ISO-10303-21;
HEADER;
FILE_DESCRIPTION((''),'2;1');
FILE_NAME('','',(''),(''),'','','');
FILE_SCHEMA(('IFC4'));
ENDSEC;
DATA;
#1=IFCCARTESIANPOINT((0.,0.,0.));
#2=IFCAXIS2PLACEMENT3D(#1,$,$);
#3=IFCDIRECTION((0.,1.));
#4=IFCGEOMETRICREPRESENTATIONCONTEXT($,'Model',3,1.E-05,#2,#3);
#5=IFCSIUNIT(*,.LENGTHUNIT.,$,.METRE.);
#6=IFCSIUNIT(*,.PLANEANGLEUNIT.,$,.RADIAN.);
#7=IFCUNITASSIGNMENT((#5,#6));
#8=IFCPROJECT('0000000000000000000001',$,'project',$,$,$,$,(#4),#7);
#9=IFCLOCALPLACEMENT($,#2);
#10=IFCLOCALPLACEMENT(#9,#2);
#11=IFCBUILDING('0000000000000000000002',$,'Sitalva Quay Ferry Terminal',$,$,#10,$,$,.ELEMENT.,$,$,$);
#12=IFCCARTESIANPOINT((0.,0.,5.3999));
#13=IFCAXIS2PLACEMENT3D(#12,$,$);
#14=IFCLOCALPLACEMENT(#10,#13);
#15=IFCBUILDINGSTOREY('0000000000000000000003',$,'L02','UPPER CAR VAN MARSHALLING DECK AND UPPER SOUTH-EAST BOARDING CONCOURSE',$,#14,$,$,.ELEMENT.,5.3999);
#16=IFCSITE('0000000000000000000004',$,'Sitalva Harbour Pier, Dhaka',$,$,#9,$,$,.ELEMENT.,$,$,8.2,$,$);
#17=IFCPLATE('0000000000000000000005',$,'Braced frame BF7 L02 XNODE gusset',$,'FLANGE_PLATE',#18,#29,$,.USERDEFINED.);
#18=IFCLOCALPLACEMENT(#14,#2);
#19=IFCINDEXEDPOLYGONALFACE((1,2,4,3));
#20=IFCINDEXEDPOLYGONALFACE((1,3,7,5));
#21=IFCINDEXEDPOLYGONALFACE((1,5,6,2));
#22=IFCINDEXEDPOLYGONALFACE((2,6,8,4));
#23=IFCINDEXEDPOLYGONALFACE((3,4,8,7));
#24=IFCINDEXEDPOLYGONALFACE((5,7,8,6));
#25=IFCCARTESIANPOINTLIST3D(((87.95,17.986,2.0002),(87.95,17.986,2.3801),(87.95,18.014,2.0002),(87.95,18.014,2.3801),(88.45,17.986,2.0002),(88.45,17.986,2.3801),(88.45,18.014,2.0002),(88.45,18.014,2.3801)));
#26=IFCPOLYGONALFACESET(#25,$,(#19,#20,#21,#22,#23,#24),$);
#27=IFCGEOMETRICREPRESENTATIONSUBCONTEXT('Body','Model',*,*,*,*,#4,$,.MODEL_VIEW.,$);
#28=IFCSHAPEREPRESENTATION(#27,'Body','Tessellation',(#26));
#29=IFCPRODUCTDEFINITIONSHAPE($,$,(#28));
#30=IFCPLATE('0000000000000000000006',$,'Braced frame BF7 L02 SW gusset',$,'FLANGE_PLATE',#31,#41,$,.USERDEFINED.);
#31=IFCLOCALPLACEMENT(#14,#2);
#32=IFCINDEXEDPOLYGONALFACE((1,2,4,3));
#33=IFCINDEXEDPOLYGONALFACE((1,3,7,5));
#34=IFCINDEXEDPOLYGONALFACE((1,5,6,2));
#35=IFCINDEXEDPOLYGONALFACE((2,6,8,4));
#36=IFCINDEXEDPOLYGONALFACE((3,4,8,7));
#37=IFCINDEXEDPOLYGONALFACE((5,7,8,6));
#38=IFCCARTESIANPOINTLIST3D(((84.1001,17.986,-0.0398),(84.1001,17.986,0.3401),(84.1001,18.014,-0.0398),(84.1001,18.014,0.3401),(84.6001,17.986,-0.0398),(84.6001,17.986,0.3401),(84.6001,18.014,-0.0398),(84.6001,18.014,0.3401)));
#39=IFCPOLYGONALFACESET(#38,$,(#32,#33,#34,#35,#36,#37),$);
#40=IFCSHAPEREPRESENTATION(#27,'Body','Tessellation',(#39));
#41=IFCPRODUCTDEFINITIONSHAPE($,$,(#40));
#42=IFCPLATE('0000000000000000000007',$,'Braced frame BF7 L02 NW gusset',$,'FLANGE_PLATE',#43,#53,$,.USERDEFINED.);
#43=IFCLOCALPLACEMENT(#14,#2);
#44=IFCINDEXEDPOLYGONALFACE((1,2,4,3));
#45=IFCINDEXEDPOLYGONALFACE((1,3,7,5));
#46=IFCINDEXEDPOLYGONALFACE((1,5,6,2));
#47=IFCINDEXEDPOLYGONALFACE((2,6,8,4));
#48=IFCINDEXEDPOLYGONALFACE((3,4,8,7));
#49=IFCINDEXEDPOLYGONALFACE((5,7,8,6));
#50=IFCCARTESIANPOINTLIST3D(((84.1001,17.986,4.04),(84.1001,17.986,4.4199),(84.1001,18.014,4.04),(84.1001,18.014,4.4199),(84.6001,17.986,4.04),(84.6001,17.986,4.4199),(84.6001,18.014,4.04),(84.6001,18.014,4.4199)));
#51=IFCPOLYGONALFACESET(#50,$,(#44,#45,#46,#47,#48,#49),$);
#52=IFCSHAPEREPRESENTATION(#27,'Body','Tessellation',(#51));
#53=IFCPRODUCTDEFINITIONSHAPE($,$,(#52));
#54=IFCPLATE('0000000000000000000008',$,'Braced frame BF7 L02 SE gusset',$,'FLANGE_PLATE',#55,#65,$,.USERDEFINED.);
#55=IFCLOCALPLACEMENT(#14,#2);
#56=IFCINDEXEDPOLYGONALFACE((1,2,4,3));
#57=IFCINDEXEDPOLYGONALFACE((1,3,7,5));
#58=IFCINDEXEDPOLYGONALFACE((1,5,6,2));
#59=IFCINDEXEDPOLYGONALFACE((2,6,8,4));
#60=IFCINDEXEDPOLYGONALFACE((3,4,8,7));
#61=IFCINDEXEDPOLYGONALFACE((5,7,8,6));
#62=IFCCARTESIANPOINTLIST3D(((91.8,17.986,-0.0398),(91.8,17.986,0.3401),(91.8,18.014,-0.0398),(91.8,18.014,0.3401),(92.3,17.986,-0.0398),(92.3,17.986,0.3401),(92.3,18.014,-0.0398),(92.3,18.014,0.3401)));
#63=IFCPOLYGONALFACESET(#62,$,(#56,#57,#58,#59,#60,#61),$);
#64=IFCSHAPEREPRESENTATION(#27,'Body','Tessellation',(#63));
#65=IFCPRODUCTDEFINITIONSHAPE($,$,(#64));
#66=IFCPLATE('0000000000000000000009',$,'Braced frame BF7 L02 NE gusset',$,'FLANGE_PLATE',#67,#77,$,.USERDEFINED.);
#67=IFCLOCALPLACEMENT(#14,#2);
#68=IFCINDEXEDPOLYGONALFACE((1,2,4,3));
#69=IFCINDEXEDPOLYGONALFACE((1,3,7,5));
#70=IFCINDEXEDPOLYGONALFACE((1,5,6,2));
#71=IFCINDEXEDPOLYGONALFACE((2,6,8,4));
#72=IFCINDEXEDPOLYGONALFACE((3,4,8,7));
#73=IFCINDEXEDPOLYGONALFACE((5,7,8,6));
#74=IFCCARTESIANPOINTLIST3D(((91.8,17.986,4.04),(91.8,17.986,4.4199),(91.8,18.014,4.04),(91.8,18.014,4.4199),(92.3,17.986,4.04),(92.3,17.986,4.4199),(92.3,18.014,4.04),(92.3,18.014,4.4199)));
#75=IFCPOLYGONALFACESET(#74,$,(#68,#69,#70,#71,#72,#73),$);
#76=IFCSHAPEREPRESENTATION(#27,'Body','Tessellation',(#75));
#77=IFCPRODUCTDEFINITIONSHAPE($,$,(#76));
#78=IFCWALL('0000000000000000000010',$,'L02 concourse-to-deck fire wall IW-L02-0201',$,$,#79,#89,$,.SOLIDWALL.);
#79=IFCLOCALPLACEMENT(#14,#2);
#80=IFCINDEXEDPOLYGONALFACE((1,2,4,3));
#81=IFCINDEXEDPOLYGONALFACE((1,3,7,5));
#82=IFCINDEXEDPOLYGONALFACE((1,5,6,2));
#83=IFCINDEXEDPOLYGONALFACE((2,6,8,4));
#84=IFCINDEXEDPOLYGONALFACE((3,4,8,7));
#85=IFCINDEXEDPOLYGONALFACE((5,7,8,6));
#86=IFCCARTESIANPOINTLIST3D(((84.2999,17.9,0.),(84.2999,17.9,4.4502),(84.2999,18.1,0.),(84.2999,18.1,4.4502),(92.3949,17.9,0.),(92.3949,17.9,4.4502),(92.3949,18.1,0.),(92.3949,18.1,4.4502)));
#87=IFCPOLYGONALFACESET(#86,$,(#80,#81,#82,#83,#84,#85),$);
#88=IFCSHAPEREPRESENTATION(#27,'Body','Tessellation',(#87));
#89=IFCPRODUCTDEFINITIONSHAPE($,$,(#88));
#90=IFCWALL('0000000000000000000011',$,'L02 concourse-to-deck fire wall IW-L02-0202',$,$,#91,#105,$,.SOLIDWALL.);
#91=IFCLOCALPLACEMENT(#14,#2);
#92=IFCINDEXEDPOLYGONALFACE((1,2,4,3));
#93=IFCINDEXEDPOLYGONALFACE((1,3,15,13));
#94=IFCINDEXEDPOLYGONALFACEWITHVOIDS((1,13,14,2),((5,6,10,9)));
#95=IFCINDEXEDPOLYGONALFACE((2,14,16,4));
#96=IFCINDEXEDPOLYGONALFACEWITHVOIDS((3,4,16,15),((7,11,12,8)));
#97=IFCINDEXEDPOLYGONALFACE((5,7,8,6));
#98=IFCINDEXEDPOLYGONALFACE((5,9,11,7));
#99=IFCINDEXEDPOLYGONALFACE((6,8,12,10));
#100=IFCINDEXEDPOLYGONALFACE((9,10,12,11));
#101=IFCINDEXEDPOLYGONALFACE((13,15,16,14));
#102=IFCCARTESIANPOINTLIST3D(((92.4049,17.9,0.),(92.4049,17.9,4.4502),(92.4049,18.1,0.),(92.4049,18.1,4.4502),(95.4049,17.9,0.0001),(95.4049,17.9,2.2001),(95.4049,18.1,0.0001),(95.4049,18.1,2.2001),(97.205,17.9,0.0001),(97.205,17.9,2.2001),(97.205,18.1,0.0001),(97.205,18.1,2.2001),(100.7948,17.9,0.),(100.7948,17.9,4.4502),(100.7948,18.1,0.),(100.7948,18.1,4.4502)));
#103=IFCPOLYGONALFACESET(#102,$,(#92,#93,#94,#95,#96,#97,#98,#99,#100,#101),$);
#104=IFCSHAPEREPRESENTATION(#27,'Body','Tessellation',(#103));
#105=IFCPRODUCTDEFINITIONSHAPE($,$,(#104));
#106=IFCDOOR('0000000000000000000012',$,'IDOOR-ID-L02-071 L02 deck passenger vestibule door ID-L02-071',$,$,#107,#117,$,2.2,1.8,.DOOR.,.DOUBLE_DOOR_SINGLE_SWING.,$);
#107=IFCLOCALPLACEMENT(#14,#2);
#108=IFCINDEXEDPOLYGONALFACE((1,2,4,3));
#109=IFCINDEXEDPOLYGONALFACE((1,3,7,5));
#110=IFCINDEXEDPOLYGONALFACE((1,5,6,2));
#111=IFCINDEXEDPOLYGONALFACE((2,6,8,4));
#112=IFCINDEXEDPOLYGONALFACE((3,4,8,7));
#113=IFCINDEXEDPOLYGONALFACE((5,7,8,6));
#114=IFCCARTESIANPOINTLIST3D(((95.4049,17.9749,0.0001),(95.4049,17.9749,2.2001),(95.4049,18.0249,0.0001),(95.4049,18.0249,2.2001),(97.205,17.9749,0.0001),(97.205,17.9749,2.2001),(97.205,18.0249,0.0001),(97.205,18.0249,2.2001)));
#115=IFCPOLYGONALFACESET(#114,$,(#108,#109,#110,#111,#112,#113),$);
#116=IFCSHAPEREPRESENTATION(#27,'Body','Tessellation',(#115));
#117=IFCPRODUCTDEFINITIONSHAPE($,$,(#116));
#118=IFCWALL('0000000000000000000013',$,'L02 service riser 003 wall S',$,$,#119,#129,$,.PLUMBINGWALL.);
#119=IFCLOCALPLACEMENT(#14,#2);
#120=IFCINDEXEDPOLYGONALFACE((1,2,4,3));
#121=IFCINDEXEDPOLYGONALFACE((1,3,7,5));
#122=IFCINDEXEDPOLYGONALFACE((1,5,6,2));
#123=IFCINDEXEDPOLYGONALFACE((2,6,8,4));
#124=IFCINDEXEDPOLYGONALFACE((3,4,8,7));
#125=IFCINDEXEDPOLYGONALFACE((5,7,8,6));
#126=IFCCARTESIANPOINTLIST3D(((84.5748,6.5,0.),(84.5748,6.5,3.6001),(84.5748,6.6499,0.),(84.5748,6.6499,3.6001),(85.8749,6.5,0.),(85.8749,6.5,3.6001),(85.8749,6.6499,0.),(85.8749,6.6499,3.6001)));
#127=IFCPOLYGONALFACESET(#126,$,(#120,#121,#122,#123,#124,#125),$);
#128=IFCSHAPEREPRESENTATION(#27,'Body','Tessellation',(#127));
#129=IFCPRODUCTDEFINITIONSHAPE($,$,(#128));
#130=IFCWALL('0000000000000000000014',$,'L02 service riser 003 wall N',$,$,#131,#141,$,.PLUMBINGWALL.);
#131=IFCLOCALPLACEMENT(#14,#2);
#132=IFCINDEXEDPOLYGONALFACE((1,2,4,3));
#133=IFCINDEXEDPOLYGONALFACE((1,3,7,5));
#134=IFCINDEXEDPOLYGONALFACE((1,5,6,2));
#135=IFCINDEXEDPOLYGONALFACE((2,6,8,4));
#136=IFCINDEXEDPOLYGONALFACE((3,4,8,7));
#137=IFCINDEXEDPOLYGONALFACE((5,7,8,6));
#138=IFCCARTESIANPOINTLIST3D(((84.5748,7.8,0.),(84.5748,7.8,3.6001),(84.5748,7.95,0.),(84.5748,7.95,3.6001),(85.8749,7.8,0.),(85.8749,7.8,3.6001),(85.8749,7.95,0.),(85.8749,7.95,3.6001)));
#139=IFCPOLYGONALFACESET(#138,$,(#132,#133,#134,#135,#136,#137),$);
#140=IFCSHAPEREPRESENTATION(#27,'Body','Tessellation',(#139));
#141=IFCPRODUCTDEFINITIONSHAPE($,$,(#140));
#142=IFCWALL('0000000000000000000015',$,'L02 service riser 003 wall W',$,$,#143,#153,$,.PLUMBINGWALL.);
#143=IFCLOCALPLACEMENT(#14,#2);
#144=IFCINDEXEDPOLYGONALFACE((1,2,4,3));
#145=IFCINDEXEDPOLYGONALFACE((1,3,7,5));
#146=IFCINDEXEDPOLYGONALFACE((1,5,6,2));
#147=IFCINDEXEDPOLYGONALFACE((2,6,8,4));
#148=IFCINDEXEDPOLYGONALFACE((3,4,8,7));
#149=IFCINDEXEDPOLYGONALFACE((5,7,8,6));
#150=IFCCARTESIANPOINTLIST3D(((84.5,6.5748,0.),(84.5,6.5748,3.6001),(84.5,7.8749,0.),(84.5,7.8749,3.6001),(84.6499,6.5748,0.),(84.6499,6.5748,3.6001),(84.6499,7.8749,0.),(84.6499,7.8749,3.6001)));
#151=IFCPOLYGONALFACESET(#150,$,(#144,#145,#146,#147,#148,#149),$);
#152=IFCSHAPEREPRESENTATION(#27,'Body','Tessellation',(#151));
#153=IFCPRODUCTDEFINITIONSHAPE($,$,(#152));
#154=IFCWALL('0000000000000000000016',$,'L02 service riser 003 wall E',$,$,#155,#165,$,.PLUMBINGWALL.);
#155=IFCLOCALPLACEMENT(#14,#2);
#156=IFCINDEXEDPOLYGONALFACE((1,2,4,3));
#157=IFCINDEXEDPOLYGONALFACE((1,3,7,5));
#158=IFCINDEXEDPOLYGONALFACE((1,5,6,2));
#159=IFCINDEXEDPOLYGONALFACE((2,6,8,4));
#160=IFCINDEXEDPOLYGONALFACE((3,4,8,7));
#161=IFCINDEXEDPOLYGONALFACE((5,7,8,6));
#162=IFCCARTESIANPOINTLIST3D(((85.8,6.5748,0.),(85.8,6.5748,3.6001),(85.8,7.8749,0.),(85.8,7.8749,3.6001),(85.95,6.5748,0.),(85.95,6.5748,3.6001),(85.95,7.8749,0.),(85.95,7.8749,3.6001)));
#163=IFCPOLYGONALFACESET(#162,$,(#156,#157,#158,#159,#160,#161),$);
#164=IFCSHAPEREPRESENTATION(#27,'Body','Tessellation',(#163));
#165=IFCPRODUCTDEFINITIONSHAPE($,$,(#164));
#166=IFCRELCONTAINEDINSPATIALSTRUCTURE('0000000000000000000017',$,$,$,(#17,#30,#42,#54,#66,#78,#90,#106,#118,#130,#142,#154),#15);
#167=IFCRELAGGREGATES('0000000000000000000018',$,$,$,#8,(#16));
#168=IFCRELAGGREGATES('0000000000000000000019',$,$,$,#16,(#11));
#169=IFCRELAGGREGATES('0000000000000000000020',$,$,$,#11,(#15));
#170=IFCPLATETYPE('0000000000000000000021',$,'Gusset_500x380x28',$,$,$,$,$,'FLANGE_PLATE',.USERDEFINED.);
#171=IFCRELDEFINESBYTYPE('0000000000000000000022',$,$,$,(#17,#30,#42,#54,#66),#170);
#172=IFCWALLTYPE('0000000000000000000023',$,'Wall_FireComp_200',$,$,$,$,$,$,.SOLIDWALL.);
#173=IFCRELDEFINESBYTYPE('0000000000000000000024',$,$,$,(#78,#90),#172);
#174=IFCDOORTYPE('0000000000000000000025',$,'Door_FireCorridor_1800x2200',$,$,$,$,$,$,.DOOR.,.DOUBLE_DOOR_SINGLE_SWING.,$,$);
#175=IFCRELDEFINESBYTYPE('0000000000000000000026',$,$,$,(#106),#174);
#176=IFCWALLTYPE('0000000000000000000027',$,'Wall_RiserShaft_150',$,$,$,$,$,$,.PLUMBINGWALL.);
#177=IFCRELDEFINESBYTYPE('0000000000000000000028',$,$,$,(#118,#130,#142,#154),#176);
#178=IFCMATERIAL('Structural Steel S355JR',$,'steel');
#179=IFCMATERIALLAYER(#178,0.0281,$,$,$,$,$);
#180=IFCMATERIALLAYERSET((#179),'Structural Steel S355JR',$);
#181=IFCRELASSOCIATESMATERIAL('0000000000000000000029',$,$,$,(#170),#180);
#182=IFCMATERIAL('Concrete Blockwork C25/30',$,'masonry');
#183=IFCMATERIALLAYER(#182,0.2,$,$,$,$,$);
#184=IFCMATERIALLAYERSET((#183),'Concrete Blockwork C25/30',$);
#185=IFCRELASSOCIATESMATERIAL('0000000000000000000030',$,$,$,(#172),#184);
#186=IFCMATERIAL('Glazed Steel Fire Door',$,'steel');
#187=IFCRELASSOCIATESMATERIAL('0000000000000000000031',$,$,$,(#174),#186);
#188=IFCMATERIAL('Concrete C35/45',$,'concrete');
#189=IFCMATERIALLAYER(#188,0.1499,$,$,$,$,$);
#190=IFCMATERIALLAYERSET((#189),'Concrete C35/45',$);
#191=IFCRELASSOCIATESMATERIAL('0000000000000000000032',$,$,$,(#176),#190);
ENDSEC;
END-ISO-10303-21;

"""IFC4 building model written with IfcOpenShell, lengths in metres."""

from ifc_helpers import new_model, si_unit, direction, frame, frame_2d, origin, origin_2d, place, context, subcontext, project, spatial, rectangle, extrude, material, layer, layer_set, type_object, element, fill, save


model = new_model("IFC4")

# Units and contexts
model_context = context("Model", 3, precision=1e-05, world=origin(), true_north=direction((0.0, 1.0)))
body_context = subcontext(model_context, "Body", "Model", "MODEL_VIEW")
ifc_project = project(units=[si_unit("LENGTHUNIT", "METRE"), si_unit("PLANEANGLEUNIT", "RADIAN")], contexts=[model_context])

# Site, building, storey
site_placement = place(None, origin())
site = spatial("IfcSite", under=ifc_project, at=site_placement, Name="Sitalva Harbour Pier, Dhaka", CompositionType="ELEMENT", RefElevation=8.2)
building_placement = place(site_placement, origin())
building = spatial("IfcBuilding", under=site, at=building_placement, Name="Sitalva Quay Ferry Terminal", CompositionType="ELEMENT")
storey_placement = place(building_placement, frame((0.0, 0.0, 5.3999)))
storey = spatial("IfcBuildingStorey", under=building, at=storey_placement, Name="L02", Description="UPPER CAR VAN MARSHALLING DECK AND UPPER SOUTH-EAST BOARDING CONCOURSE", CompositionType="ELEMENT", Elevation=5.3999)

# Plates
ifc_material_1 = material(Name="Structural Steel S355JR", Category="steel")
ifc_layer_1 = layer(ifc_material_1, 0.0281)
ifc_layer_set_1 = layer_set([ifc_layer_1], Name="Structural Steel S355JR")
plate_type = type_object("IfcPlateType", Name="Gusset_500x380x28", ElementType="FLANGE_PLATE", PredefinedType="USERDEFINED", material=ifc_layer_set_1)
for number, where, z_axis, x_axis, name in (
    (1, (88.2, 18.0, 2.0002), (0.0, 0.0, 1.0), (1.0, 0.0, 0.0), "Braced frame BF7 L02 XNODE gusset"),
    (2, (84.3501, 18.0, -0.0398), (0.0, 0.0, 1.0), (1.0, 0.0, 0.0), "Braced frame BF7 L02 SW gusset"),
    (3, (84.3501, 18.0, 4.04), (0.0, 0.0, 1.0), (1.0, 0.0, 0.0), "Braced frame BF7 L02 NW gusset"),
    (4, (92.05, 18.0, -0.0398), (0.0, 0.0, 1.0), (1.0, 0.0, 0.0), "Braced frame BF7 L02 SE gusset"),
    (5, (92.05, 18.0, 4.04), (0.0, 0.0, 1.0), (1.0, 0.0, 0.0), "Braced frame BF7 L02 NE gusset"),
):
    element("IfcPlate", number, at=place(storey_placement, frame(where, z_axis=z_axis, x_axis=x_axis)), inside=storey, type_object=plate_type, Name=name, ObjectType="FLANGE_PLATE", PredefinedType="USERDEFINED", context=body_context, shape_type="SweptSolid", body=[
        extrude(rectangle(XDim=0.5, YDim=0.0281, at=origin_2d()), origin(), (0.0, 0.0, 1.0), 0.3799),
    ])

# Wall
ifc_material_2 = material(Name="Concrete Blockwork C25/30", Category="masonry")
ifc_layer_2 = layer(ifc_material_2, 0.2)
ifc_layer_set_2 = layer_set([ifc_layer_2], Name="Concrete Blockwork C25/30")
wall_type_1 = type_object("IfcWallType", Name="Wall_FireComp_200", PredefinedType="SOLIDWALL", material=ifc_layer_set_2)
wall_1_placement = place(storey_placement, frame((84.3, 18.0, 0.0), z_axis=(0.0, 0.0, 1.0), x_axis=(1.0, 0.0, 0.0)))
element("IfcWall", 6, at=wall_1_placement, inside=storey, type_object=wall_type_1, Name="L02 concourse-to-deck fire wall IW-L02-0201", PredefinedType="SOLIDWALL", context=body_context, shape_type="SweptSolid", body=[
    extrude(rectangle(XDim=8.095, YDim=0.2, at=frame_2d((4.0474, 0.0))), origin(), (0.0, 0.0, 1.0), 4.4502),
])

# Wall, opening, door
wall_2_placement = place(storey_placement, frame((92.405, 18.0, 0.0), z_axis=(0.0, 0.0, 1.0), x_axis=(1.0, 0.0, 0.0)))
wall_2 = element("IfcWall", 7, at=wall_2_placement, inside=storey, type_object=wall_type_1, Name="L02 concourse-to-deck fire wall IW-L02-0202", PredefinedType="SOLIDWALL", context=body_context, shape_type="SweptSolid", body=[
    extrude(rectangle(XDim=8.3899, YDim=0.2, at=frame_2d((4.1948, 0.0))), origin(), (0.0, 0.0, 1.0), 4.4502),
])
opening_placement = place(wall_2_placement, frame((3.0, 0.0, 0.0)))
opening = element("IfcOpeningElement", 8, at=opening_placement, cuts=wall_2, PredefinedType="OPENING", context=body_context, shape_type="SweptSolid", body=[
    extrude(rectangle(XDim=1.8, YDim=2.2, at=frame_2d((0.8999, 1.1001))), frame((0.0, 0.1099, 0.0), z_axis=(0.0, -1.0, 0.0), x_axis=(1.0, 0.0, 0.0)), (0.0, 0.0, 1.0), 0.22),
])
ifc_material_3 = material(Name="Glazed Steel Fire Door", Category="steel")
door_type = type_object("IfcDoorType", Name="Door_FireCorridor_1800x2200", OperationType="DOUBLE_DOOR_SINGLE_SWING", PredefinedType="DOOR", material=ifc_material_3)
door_placement = place(opening_placement, origin())
door = element("IfcDoor", 9, at=door_placement, inside=storey, type_object=door_type, Name="IDOOR-ID-L02-071 L02 deck passenger vestibule door ID-L02-071", OperationType="DOUBLE_DOOR_SINGLE_SWING", OverallHeight=2.2, OverallWidth=1.8, PredefinedType="DOOR", context=body_context, shape_type="SweptSolid", body=[
    extrude(rectangle(XDim=1.8, YDim=2.2, at=frame_2d((0.8999, 1.1001))), frame((0.0, 0.0249, 0.0), z_axis=(0.0, -1.0, 0.0), x_axis=(1.0, 0.0, 0.0)), (0.0, 0.0, 1.0), 0.05),
])
fill(opening, door)

# Walls
ifc_material_4 = material(Name="Concrete C35/45", Category="concrete")
ifc_layer_3 = layer(ifc_material_4, 0.1499)
ifc_layer_set_3 = layer_set([ifc_layer_3], Name="Concrete C35/45")
wall_type_2 = type_object("IfcWallType", Name="Wall_RiserShaft_150", PredefinedType="PLUMBINGWALL", material=ifc_layer_set_3)
for number, where, z_axis, x_axis, name in (
    (10, (84.575, 6.575, 0.0), (0.0, 0.0, 1.0), (1.0, 0.0, 0.0), "L02 service riser 003 wall S"),
    (11, (84.575, 7.875, 0.0), (0.0, 0.0, 1.0), (1.0, 0.0, 0.0), "L02 service riser 003 wall N"),
    (12, (84.575, 6.575, 0.0), (0.0, 0.0, 1.0), (0.0, 1.0, 0.0), "L02 service riser 003 wall W"),
    (13, (85.875, 6.575, 0.0), (0.0, 0.0, 1.0), (0.0, 1.0, 0.0), "L02 service riser 003 wall E"),
):
    element("IfcWall", number, at=place(storey_placement, frame(where, z_axis=z_axis, x_axis=x_axis)), inside=storey, type_object=wall_type_2, Name=name, PredefinedType="PLUMBINGWALL", context=body_context, shape_type="SweptSolid", body=[
        extrude(rectangle(XDim=1.3, YDim=0.1499, at=frame_2d((0.6499, 0.0))), origin(), (0.0, 0.0, 1.0), 3.6001),
    ])

save(model, "model.ifc")
